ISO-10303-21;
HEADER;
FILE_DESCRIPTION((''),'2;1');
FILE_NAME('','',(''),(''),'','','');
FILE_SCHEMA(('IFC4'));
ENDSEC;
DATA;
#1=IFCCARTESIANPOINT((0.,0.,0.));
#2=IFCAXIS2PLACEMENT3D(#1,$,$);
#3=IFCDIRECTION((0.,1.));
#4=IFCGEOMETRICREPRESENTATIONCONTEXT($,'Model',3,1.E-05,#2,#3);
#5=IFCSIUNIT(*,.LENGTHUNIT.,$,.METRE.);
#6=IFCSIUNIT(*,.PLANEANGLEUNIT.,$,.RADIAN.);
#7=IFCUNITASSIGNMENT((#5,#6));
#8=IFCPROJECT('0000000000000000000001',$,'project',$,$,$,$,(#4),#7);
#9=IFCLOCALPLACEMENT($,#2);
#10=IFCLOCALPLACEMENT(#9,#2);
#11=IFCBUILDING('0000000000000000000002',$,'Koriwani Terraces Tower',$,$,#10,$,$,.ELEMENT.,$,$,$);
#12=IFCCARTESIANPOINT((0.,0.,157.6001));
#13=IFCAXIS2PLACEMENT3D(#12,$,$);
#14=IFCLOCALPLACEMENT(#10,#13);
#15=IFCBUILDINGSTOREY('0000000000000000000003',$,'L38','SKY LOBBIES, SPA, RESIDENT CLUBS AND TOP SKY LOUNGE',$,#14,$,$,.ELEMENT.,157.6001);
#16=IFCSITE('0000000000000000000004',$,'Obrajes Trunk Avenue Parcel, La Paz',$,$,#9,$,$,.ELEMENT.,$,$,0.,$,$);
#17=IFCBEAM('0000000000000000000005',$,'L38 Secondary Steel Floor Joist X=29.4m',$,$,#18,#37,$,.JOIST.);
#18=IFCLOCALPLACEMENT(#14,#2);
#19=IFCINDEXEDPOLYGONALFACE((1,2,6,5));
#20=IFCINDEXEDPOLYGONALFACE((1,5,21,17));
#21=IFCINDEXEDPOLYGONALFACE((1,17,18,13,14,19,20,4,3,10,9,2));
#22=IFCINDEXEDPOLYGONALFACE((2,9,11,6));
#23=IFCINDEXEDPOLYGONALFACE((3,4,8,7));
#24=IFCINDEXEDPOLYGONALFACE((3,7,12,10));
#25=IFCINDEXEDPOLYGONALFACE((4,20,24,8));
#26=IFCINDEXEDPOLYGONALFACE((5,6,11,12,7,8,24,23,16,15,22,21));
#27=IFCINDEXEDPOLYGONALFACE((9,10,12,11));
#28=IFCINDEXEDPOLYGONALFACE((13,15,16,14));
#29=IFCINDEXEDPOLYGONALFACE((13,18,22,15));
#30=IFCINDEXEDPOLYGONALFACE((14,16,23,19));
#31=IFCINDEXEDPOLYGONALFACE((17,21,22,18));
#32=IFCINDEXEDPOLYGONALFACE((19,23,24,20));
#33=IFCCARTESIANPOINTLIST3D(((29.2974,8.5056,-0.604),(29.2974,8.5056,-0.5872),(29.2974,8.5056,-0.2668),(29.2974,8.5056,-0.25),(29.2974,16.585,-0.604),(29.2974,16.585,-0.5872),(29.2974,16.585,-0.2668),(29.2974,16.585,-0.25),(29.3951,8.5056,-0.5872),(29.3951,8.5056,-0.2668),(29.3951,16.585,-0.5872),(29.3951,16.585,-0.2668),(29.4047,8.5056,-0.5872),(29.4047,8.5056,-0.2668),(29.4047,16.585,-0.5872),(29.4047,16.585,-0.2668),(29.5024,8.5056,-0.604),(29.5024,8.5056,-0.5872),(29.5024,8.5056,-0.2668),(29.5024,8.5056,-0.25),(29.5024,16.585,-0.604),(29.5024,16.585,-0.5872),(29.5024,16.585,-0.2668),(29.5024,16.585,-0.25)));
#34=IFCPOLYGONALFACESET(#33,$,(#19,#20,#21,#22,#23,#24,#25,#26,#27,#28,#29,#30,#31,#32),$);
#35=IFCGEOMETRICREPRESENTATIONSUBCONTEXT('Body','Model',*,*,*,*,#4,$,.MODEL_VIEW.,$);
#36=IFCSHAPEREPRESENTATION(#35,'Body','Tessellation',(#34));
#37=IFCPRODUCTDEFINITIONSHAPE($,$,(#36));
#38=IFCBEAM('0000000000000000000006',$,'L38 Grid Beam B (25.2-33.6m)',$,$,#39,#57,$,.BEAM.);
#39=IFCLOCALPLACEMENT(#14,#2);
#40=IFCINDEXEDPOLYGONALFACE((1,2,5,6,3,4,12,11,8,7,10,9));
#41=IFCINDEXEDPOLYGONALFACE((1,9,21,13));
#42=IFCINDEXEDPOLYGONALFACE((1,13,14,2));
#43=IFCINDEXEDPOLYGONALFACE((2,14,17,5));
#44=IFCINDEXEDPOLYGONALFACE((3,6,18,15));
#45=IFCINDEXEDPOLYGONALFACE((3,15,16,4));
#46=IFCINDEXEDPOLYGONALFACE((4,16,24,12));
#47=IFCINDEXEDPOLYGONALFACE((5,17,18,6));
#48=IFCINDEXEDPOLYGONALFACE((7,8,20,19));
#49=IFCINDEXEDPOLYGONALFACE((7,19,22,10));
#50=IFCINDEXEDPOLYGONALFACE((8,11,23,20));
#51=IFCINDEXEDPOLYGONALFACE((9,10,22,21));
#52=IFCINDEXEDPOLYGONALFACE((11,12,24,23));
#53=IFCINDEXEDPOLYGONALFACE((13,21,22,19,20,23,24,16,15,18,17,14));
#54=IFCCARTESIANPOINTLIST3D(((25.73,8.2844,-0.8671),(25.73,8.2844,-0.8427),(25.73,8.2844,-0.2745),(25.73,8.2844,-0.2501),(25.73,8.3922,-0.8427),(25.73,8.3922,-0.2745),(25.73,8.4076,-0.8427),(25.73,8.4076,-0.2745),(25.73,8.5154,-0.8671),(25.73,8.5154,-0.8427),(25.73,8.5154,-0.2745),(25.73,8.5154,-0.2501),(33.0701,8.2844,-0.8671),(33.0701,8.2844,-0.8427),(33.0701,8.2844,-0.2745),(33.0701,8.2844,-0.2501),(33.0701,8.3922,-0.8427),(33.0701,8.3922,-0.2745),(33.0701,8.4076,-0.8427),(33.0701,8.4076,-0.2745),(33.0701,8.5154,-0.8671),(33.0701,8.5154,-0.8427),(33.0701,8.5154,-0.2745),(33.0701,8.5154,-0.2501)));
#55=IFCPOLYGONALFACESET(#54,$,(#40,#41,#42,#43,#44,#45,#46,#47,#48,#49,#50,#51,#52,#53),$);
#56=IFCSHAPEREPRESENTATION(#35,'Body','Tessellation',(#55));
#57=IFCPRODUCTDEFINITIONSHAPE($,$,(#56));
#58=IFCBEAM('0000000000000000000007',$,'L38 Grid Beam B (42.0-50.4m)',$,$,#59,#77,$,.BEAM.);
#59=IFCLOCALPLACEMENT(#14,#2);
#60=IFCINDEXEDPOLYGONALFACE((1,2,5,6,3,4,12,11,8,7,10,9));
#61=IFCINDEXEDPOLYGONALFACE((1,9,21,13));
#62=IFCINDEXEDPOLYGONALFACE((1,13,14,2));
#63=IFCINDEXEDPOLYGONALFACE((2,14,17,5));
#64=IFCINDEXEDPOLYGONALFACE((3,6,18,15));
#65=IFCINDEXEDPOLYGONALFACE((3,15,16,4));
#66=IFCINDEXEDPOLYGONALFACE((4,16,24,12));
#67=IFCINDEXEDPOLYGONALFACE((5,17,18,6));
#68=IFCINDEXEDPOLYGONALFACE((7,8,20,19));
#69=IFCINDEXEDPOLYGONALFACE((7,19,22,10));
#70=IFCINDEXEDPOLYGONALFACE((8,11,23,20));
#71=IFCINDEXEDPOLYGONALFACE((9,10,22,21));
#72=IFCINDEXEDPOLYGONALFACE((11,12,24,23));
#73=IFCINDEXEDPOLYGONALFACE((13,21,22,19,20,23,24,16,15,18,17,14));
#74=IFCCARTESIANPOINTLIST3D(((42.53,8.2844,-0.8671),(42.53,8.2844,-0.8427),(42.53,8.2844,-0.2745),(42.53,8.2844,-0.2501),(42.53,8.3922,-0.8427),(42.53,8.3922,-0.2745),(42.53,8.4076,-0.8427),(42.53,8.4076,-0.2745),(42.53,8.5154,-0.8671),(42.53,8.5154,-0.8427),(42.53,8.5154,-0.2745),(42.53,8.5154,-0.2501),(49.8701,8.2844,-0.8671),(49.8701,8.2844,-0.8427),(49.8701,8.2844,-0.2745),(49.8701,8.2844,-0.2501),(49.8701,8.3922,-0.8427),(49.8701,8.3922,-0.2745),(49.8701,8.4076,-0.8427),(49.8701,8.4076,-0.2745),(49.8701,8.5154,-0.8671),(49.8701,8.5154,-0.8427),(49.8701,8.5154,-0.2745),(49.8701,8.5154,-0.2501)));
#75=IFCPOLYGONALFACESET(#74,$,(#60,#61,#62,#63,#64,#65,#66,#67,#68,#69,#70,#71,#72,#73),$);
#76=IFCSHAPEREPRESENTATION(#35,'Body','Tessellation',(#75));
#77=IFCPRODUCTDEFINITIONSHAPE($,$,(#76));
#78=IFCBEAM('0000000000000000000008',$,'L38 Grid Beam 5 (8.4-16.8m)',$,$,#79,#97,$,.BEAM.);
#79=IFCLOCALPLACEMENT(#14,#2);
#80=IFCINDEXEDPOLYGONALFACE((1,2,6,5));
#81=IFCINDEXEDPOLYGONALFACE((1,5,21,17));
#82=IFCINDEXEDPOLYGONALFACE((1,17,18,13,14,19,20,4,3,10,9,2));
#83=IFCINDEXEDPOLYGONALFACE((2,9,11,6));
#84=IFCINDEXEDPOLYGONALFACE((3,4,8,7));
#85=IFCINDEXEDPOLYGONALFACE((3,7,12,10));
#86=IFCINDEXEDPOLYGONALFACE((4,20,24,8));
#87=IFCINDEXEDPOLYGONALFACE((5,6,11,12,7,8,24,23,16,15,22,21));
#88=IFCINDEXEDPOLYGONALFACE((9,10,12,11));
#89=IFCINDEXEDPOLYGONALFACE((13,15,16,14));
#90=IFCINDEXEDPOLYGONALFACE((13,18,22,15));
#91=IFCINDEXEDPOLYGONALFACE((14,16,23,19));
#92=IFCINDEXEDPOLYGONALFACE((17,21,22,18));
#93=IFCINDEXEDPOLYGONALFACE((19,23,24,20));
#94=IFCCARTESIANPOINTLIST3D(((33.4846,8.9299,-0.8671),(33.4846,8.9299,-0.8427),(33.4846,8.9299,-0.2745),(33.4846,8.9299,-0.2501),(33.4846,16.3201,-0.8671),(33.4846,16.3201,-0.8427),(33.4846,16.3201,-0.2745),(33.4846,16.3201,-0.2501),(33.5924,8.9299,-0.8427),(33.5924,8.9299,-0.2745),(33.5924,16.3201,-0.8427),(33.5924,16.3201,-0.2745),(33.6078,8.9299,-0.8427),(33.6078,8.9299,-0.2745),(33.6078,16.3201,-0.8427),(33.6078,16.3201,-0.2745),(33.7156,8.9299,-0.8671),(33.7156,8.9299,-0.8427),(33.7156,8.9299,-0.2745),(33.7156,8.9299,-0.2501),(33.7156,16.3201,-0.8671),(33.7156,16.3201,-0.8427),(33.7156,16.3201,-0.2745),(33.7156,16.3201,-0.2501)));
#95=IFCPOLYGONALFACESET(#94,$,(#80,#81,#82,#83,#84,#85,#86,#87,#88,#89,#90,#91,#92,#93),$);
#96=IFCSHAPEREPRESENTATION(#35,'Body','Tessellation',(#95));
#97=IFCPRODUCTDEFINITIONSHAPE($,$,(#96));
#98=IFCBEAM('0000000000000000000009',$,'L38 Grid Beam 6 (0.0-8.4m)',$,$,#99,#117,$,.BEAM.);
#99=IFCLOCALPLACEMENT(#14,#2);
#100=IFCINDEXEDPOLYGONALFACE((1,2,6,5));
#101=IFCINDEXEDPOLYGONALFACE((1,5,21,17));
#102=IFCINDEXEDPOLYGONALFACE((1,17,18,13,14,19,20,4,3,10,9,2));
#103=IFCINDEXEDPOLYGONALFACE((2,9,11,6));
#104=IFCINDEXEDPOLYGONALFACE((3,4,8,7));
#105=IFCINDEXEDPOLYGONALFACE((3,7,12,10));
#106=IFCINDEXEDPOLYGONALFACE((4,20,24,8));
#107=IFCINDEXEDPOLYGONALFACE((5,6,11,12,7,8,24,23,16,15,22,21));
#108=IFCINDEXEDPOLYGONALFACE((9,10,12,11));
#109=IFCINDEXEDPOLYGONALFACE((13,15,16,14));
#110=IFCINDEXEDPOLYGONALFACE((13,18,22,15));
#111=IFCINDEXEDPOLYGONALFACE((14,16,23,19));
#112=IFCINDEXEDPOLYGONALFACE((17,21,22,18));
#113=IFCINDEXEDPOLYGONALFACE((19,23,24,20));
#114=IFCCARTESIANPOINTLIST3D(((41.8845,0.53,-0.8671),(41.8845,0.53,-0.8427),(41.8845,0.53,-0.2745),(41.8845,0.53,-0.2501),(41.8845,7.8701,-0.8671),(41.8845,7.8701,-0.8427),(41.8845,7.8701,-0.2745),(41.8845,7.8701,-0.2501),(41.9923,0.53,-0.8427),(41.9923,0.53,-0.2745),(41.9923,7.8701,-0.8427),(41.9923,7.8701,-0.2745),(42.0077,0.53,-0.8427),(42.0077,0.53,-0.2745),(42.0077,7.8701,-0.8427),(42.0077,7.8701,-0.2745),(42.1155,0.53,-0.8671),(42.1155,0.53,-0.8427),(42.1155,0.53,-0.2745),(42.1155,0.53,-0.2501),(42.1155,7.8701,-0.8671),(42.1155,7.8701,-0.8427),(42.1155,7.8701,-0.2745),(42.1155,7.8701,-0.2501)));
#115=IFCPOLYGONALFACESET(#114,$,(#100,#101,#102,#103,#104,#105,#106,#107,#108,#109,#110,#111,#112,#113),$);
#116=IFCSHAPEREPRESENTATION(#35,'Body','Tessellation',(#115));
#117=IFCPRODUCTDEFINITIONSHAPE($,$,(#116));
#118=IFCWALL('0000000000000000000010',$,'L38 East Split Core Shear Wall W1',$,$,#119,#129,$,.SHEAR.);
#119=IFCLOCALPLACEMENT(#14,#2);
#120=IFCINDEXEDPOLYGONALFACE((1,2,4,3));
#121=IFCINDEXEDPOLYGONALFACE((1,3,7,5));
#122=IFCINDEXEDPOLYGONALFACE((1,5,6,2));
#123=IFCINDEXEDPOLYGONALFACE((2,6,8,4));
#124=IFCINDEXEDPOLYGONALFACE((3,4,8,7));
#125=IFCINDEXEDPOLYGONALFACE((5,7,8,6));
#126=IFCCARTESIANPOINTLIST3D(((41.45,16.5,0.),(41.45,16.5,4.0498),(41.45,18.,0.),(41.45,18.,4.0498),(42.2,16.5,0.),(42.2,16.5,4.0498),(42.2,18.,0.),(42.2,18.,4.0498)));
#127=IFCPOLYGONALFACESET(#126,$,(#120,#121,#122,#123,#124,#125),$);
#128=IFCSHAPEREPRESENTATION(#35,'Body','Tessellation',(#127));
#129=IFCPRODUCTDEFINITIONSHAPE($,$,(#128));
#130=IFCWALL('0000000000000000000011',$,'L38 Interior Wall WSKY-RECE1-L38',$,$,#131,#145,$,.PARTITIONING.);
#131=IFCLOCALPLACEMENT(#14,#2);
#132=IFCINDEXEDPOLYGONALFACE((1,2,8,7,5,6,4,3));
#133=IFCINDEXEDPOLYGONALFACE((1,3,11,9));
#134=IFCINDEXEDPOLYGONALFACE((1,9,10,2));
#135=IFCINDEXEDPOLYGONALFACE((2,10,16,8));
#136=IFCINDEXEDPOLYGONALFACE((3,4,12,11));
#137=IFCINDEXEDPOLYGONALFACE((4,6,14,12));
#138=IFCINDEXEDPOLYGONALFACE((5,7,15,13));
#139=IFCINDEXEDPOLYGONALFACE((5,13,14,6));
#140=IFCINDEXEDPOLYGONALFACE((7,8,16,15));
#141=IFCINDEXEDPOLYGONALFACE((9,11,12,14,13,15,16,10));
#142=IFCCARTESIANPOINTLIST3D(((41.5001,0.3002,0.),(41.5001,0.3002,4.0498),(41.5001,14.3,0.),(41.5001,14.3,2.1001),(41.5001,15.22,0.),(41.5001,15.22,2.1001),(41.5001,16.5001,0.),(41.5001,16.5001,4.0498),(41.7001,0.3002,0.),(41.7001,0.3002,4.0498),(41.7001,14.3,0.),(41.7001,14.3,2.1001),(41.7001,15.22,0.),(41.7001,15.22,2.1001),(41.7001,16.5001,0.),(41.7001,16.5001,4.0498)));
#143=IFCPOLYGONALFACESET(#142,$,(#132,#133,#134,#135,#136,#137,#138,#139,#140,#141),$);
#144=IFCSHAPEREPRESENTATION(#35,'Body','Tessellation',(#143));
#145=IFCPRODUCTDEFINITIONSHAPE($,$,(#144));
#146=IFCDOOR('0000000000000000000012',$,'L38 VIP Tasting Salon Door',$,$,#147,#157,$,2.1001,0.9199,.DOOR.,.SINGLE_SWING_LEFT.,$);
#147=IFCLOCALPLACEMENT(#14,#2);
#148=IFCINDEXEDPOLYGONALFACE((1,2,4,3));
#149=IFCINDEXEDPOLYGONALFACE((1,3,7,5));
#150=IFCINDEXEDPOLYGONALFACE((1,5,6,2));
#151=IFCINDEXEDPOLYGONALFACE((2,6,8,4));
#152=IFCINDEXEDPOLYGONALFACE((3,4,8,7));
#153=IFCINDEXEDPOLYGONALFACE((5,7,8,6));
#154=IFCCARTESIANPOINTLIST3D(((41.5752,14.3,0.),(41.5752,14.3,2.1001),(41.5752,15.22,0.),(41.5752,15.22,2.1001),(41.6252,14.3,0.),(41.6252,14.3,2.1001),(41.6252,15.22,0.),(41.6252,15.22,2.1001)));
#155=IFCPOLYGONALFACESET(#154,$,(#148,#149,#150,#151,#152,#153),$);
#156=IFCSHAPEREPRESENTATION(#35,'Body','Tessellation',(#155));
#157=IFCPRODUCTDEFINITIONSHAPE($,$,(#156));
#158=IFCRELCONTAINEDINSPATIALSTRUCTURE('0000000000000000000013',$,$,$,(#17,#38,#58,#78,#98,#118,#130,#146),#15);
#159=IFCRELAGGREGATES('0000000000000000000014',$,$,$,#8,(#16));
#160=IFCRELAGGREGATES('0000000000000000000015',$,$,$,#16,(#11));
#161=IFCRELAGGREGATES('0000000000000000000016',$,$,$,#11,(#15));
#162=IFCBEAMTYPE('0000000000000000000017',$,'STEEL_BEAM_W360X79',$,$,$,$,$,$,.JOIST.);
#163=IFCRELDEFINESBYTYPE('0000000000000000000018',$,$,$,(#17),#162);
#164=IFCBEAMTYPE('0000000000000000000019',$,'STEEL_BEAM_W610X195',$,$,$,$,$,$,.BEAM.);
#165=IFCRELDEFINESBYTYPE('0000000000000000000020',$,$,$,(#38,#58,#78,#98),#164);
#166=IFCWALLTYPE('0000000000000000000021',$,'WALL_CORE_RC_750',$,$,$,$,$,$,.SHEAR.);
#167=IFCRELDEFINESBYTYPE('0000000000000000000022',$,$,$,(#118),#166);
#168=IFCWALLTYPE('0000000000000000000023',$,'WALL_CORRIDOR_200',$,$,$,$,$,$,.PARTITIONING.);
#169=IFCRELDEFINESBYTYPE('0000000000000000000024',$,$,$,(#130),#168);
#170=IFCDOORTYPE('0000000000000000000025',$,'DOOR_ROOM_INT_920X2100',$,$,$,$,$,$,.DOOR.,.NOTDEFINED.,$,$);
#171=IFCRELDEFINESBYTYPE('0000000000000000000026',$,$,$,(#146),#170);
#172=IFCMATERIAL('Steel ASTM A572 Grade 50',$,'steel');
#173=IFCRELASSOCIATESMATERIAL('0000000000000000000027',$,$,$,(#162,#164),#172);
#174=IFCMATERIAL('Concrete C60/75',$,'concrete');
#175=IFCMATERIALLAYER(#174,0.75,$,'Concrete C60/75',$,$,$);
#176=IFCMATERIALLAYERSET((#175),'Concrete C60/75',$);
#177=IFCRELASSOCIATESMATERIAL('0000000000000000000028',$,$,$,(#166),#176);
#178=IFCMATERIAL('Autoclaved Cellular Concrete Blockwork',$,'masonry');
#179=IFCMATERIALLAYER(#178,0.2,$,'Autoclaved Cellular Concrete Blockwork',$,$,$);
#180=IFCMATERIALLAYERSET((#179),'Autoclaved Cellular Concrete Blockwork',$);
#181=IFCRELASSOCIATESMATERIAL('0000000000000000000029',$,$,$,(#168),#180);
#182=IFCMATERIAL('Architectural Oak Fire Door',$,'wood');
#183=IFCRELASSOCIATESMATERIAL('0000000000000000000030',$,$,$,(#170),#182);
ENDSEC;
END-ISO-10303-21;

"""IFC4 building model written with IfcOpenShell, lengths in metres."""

from ifc_helpers import new_model, si_unit, direction, frame, frame_2d, origin, origin_2d, place, context, subcontext, project, spatial, rectangle, i_section, extrude, material, layer, layer_set, material_profile, profile_set, type_object, element, fill, save


model = new_model("IFC4")

# Units and contexts
model_context = context("Model", 3, precision=1e-05, world=origin(), true_north=direction((0.0, 1.0)))
body_context = subcontext(model_context, "Body", "Model", "MODEL_VIEW")
ifc_project = project(units=[si_unit("LENGTHUNIT", "METRE"), si_unit("PLANEANGLEUNIT", "RADIAN")], contexts=[model_context])

# Site, building, storey
site_placement = place(None, origin())
site = spatial("IfcSite", under=ifc_project, at=site_placement, Name="Obrajes Trunk Avenue Parcel, La Paz", CompositionType="ELEMENT", RefElevation=0.0)
building_placement = place(site_placement, origin())
building = spatial("IfcBuilding", under=site, at=building_placement, Name="Koriwani Terraces Tower", CompositionType="ELEMENT")
storey_placement = place(building_placement, frame((0.0, 0.0, 157.6001)))
storey = spatial("IfcBuildingStorey", under=building, at=storey_placement, Name="L38", Description="SKY LOBBIES, SPA, RESIDENT CLUBS AND TOP SKY LOUNGE", CompositionType="ELEMENT", Elevation=157.6001)

# Beams
ifc_material_1 = material(Name="Steel ASTM A572 Grade 50", Category="steel")
ifc_material_profile_1 = material_profile(ifc_material_1, i_section(OverallWidth=0.2051, OverallDepth=0.354, WebThickness=0.0095, FlangeThickness=0.0168, at=origin_2d()), Name="Steel ASTM A572 Grade 50", Category="LoadBearing")
ifc_profile_set_1 = profile_set([ifc_material_profile_1], Name="Steel ASTM A572 Grade 50")
beam_type_1 = type_object("IfcBeamType", Name="STEEL_BEAM_W360X79", PredefinedType="JOIST", material=ifc_profile_set_1)
beam_1_placement = place(storey_placement, frame((29.3999, 8.5056, -0.427), z_axis=(0.0, 1.0, 0.0), x_axis=(-1.0, 0.0, 0.0)))
element("IfcBeam", 1, at=beam_1_placement, inside=storey, type_object=beam_type_1, Name="L38 Secondary Steel Floor Joist X=29.4m", PredefinedType="JOIST", context=body_context, shape_type="SweptSolid", body=[
    extrude(i_section(OverallWidth=0.2051, OverallDepth=0.354, WebThickness=0.0095, FlangeThickness=0.0168, at=origin_2d()), origin(), (0.0, 0.0, 1.0), 8.0793),
])
ifc_material_profile_2 = material_profile(ifc_material_1, i_section(OverallWidth=0.231, OverallDepth=0.6169, WebThickness=0.0154, FlangeThickness=0.0244, at=origin_2d()), Name="Steel ASTM A572 Grade 50", Category="LoadBearing")
ifc_profile_set_2 = profile_set([ifc_material_profile_2], Name="Steel ASTM A572 Grade 50")
beam_type_2 = type_object("IfcBeamType", Name="STEEL_BEAM_W610X195", PredefinedType="BEAM", material=ifc_profile_set_2)
for number, where, z_axis, x_axis, name in (
    (2, (25.73, 8.3999, -0.5586), (1.0, 0.0, 0.0), (0.0, 1.0, 0.0), "L38 Grid Beam B (25.2-33.6m)"),
    (3, (42.53, 8.3999, -0.5586), (1.0, 0.0, 0.0), (0.0, 1.0, 0.0), "L38 Grid Beam B (42.0-50.4m)"),
):
    element("IfcBeam", number, at=place(storey_placement, frame(where, z_axis=z_axis, x_axis=x_axis)), inside=storey, type_object=beam_type_2, Name=name, PredefinedType="BEAM", context=body_context, shape_type="SweptSolid", body=[
        extrude(i_section(OverallWidth=0.231, OverallDepth=0.6169, WebThickness=0.0154, FlangeThickness=0.0244, at=origin_2d()), origin(), (0.0, 0.0, 1.0), 7.3401),
    ])
beam_2_placement = place(storey_placement, frame((33.6001, 8.9299, -0.5586), z_axis=(0.0, 1.0, 0.0), x_axis=(-1.0, 0.0, 0.0)))
element("IfcBeam", 4, at=beam_2_placement, inside=storey, type_object=beam_type_2, Name="L38 Grid Beam 5 (8.4-16.8m)", PredefinedType="BEAM", context=body_context, shape_type="SweptSolid", body=[
    extrude(i_section(OverallWidth=0.231, OverallDepth=0.6169, WebThickness=0.0154, FlangeThickness=0.0244, at=origin_2d()), origin(), (0.0, 0.0, 1.0), 7.3901),
])
beam_3_placement = place(storey_placement, frame((42.0, 0.53, -0.5586), z_axis=(0.0, 1.0, 0.0), x_axis=(-1.0, 0.0, 0.0)))
element("IfcBeam", 5, at=beam_3_placement, inside=storey, type_object=beam_type_2, Name="L38 Grid Beam 6 (0.0-8.4m)", PredefinedType="BEAM", context=body_context, shape_type="SweptSolid", body=[
    extrude(i_section(OverallWidth=0.231, OverallDepth=0.6169, WebThickness=0.0154, FlangeThickness=0.0244, at=origin_2d()), origin(), (0.0, 0.0, 1.0), 7.3401),
])

# Wall
ifc_material_2 = material(Name="Concrete C60/75", Category="concrete")
ifc_layer_1 = layer(ifc_material_2, 0.75, Name="Concrete C60/75")
ifc_layer_set_1 = layer_set([ifc_layer_1], Name="Concrete C60/75")
wall_type_1 = type_object("IfcWallType", Name="WALL_CORE_RC_750", PredefinedType="SHEAR", material=ifc_layer_set_1)
wall_1_placement = place(storey_placement, frame((41.825, 16.5, 0.0), z_axis=(0.0, 0.0, 1.0), x_axis=(0.0, 1.0, 0.0)))
element("IfcWall", 6, at=wall_1_placement, inside=storey, type_object=wall_type_1, Name="L38 East Split Core Shear Wall W1", PredefinedType="SHEAR", context=body_context, shape_type="SweptSolid", body=[
    extrude(rectangle(XDim=1.5, YDim=0.75, at=frame_2d((0.75, 0.0))), origin(), (0.0, 0.0, 1.0), 4.0498),
])

# Wall, opening, door
ifc_material_3 = material(Name="Autoclaved Cellular Concrete Blockwork", Category="masonry")
ifc_layer_2 = layer(ifc_material_3, 0.2, Name="Autoclaved Cellular Concrete Blockwork")
ifc_layer_set_2 = layer_set([ifc_layer_2], Name="Autoclaved Cellular Concrete Blockwork")
wall_type_2 = type_object("IfcWallType", Name="WALL_CORRIDOR_200", PredefinedType="PARTITIONING", material=ifc_layer_set_2)
wall_2_placement = place(storey_placement, frame((41.6001, 0.3, 0.0), z_axis=(0.0, 0.0, 1.0), x_axis=(0.0, 1.0, 0.0)))
wall_2 = element("IfcWall", 7, at=wall_2_placement, inside=storey, type_object=wall_type_2, Name="L38 Interior Wall WSKY-RECE1-L38", PredefinedType="PARTITIONING", context=body_context, shape_type="SweptSolid", body=[
    extrude(rectangle(XDim=16.2, YDim=0.2, at=frame_2d((8.1001, 0.0))), origin(), (0.0, 0.0, 1.0), 4.0498),
])
opening_1_placement = place(wall_2_placement, frame((14.0, 0.0, 0.0)))
opening_1 = element("IfcOpeningElement", 8, at=opening_1_placement, cuts=wall_2, PredefinedType="OPENING", context=body_context, shape_type="SweptSolid", body=[
    extrude(rectangle(XDim=0.9199, YDim=2.1001, at=frame_2d((0.46, 1.05))), frame((0.0, 0.1099, 0.0), z_axis=(0.0, -1.0, 0.0), x_axis=(1.0, 0.0, 0.0)), (0.0, 0.0, 1.0), 0.22),
])
ifc_material_4 = material(Name="Architectural Oak Fire Door", Category="wood")
door_type_1 = type_object("IfcDoorType", Name="DOOR_ROOM_INT_920X2100", OperationType="NOTDEFINED", PredefinedType="DOOR", material=ifc_material_4)
door_1_placement = place(opening_1_placement, origin())
door_1 = element("IfcDoor", 9, at=door_1_placement, inside=storey, type_object=door_type_1, Name="L38 VIP Tasting Salon Door", OperationType="SINGLE_SWING_LEFT", OverallHeight=2.1001, OverallWidth=0.9199, PredefinedType="DOOR", context=body_context, shape_type="SweptSolid", body=[
    extrude(rectangle(XDim=0.9199, YDim=2.1001, at=frame_2d((0.46, 1.05))), frame((0.0, 0.0249, 0.0), z_axis=(0.0, -1.0, 0.0), x_axis=(1.0, 0.0, 0.0)), (0.0, 0.0, 1.0), 0.05),
])
fill(opening_1, door_1)

save(model, "model.ifc")
